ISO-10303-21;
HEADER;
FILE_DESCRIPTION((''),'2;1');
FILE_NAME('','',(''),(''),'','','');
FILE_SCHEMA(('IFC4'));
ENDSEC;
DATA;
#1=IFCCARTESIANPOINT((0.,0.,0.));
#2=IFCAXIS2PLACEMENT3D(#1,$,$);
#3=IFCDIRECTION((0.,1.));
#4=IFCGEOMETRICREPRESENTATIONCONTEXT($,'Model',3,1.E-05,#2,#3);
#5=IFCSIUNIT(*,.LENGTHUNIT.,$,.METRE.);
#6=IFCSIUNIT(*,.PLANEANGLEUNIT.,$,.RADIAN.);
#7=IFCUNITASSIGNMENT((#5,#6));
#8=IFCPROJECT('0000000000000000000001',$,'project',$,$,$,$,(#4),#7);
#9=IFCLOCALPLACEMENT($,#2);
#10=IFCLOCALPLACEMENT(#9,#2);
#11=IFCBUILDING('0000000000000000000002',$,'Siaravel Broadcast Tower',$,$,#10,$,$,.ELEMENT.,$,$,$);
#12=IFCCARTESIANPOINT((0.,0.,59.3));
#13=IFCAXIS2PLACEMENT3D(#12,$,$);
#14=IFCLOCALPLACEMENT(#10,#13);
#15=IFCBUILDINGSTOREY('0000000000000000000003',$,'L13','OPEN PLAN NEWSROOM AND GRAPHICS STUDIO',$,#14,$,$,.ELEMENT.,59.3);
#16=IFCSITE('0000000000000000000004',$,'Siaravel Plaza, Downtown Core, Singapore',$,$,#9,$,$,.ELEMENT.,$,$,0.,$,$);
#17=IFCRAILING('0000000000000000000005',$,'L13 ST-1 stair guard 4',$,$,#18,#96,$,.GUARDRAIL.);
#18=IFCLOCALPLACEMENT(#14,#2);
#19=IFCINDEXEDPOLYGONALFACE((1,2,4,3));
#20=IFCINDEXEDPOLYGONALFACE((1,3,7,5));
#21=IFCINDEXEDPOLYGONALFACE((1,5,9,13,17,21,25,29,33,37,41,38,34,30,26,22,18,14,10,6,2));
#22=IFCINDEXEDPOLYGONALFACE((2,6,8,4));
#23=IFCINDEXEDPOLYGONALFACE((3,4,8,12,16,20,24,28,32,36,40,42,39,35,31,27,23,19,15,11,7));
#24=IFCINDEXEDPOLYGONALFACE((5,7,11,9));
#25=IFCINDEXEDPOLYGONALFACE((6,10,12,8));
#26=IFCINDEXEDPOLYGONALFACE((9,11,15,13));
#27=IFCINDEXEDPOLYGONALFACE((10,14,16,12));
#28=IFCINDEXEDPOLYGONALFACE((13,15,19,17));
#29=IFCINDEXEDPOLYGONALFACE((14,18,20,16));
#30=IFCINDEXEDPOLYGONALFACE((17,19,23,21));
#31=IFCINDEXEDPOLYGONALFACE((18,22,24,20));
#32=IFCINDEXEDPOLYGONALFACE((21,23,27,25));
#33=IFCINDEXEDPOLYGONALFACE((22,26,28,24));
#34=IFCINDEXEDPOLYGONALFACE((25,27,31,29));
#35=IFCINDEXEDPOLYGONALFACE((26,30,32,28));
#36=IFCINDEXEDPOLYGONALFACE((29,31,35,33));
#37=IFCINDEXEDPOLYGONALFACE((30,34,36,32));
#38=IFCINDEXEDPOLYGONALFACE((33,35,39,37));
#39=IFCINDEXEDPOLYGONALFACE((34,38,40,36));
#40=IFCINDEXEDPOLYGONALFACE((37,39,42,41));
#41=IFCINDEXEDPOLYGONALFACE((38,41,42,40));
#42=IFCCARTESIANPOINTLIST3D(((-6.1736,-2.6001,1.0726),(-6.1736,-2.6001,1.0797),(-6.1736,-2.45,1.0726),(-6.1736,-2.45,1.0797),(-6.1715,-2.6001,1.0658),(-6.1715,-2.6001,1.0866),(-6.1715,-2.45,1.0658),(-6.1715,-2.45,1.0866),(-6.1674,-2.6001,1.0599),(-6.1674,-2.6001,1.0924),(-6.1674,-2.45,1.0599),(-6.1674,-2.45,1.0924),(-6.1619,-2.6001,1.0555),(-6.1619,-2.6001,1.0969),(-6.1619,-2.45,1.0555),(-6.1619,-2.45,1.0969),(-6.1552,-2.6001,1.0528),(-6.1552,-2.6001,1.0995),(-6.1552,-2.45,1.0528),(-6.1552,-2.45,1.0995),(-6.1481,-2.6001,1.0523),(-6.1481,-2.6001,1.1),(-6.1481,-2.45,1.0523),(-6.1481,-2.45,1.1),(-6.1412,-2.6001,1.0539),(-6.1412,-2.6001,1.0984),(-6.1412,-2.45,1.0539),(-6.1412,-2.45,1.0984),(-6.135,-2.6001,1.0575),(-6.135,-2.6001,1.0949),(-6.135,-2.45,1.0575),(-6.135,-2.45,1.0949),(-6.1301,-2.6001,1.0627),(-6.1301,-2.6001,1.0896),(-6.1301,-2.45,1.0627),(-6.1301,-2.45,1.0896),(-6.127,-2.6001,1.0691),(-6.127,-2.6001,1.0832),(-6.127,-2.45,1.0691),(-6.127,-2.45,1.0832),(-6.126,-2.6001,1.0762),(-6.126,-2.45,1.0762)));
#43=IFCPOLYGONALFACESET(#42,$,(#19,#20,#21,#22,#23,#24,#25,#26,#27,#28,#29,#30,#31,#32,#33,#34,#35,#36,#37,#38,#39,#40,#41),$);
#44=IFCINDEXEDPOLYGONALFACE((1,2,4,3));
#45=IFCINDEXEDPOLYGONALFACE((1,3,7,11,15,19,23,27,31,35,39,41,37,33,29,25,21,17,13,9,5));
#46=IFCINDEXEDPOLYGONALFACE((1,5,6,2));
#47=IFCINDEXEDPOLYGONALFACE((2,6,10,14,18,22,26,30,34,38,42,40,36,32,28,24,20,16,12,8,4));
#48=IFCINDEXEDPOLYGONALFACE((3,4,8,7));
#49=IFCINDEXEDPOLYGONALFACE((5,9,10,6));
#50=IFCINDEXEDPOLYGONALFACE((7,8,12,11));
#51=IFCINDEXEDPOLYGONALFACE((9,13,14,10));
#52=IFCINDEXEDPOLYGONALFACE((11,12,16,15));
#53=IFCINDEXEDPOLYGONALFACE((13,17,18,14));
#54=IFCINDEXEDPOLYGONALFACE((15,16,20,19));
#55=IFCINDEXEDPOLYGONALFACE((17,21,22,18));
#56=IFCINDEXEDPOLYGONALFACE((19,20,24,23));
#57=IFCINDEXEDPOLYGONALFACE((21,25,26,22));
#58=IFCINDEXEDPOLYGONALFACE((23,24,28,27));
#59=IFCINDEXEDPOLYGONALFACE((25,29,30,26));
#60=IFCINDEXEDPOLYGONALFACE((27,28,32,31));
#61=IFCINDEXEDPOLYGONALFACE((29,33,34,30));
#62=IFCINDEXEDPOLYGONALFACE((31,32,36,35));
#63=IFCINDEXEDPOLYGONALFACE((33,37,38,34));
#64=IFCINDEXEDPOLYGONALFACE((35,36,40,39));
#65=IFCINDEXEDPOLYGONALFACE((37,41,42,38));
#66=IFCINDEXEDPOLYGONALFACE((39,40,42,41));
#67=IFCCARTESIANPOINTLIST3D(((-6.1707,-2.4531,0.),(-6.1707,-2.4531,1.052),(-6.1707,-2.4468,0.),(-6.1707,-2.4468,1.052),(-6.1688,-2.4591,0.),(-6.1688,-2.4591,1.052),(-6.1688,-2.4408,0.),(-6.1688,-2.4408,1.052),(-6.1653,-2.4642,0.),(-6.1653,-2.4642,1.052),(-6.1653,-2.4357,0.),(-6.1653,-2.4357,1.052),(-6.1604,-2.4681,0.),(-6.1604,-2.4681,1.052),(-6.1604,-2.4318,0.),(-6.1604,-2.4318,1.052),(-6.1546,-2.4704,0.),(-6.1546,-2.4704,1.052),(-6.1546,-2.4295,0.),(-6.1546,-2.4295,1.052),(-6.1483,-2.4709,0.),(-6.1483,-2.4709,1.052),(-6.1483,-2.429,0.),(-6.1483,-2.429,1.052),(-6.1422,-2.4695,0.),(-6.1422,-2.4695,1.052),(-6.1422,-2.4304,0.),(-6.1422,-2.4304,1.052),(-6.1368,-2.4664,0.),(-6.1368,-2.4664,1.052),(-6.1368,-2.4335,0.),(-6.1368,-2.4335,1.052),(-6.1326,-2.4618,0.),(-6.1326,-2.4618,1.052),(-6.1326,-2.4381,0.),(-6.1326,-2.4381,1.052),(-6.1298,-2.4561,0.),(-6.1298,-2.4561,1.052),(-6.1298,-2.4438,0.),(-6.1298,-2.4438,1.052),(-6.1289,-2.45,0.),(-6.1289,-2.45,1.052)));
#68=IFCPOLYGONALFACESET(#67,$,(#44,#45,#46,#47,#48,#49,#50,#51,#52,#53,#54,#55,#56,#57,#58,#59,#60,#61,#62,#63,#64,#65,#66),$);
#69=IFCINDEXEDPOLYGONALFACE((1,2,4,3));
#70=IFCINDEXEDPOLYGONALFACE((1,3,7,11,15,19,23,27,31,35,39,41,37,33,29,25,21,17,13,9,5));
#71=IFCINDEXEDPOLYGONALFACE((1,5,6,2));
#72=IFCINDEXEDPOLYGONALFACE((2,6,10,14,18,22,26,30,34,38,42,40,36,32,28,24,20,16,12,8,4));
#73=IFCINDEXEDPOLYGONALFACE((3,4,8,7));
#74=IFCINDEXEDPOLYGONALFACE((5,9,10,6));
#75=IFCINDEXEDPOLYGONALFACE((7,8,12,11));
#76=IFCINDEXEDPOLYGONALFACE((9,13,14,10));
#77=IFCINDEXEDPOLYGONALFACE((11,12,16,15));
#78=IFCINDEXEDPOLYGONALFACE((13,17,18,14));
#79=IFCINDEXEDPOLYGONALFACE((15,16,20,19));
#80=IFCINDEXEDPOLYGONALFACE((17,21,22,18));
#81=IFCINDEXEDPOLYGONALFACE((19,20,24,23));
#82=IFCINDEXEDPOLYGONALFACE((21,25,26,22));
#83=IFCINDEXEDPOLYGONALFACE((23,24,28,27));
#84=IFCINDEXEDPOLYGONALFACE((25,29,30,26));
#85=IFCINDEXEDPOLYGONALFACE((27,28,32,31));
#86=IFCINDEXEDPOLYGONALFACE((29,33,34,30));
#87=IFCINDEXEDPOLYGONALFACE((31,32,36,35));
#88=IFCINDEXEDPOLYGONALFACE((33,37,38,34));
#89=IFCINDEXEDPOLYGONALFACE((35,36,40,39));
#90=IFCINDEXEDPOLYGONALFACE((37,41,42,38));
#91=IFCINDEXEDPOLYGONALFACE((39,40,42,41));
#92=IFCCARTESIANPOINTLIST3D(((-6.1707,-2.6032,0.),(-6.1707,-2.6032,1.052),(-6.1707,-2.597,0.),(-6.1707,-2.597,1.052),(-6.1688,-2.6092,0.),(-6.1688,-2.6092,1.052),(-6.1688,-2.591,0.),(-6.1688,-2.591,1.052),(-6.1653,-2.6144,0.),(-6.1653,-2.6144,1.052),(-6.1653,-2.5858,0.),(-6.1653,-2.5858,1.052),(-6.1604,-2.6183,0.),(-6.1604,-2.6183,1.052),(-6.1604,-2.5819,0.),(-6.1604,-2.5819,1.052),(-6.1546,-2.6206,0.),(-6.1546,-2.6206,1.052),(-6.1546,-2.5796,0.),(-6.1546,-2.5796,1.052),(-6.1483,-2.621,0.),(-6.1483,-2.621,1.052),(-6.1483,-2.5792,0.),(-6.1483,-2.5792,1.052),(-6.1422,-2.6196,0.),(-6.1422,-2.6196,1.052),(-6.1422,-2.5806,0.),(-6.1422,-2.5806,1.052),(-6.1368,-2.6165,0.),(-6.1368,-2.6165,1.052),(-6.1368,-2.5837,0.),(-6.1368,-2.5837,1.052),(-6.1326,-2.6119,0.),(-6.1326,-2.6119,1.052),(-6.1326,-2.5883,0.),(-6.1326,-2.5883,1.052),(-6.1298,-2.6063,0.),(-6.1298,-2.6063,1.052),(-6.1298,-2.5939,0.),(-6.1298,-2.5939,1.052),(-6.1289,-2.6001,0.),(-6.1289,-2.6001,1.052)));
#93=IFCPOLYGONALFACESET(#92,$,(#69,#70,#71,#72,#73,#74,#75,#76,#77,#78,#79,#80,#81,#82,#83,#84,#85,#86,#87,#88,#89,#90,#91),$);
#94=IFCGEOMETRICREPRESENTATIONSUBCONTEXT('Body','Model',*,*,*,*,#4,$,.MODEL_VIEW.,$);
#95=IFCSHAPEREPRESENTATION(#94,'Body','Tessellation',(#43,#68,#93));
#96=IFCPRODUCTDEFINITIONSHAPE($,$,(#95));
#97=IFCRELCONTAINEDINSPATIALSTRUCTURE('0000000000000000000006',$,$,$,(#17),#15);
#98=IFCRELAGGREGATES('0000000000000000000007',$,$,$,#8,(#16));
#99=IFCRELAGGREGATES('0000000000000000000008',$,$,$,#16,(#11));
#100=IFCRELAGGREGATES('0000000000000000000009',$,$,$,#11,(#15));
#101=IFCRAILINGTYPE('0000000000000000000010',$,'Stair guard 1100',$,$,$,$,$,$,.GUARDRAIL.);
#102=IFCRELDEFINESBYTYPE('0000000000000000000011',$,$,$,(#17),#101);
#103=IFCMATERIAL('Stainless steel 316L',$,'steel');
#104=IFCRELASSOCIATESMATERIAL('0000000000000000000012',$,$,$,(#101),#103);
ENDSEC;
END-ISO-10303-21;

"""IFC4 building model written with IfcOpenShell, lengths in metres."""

from ifc_helpers import new_model, si_unit, direction, frame, origin, origin_2d, place, context, subcontext, project, spatial, circle, extrude, material, type_object, element, save


model = new_model("IFC4")

# Units and contexts
model_context = context("Model", 3, precision=1e-05, world=origin(), true_north=direction((0.0, 1.0)))
body_context = subcontext(model_context, "Body", "Model", "MODEL_VIEW")
ifc_project = project(units=[si_unit("LENGTHUNIT", "METRE"), si_unit("PLANEANGLEUNIT", "RADIAN")], contexts=[model_context])

# Site, building, storey
site_placement = place(None, origin())
site = spatial("IfcSite", under=ifc_project, at=site_placement, Name="Siaravel Plaza, Downtown Core, Singapore", CompositionType="ELEMENT", RefElevation=0.0)
building_placement = place(site_placement, origin())
building = spatial("IfcBuilding", under=site, at=building_placement, Name="Siaravel Broadcast Tower", CompositionType="ELEMENT")
storey_placement = place(building_placement, frame((0.0, 0.0, 59.3)))
storey = spatial("IfcBuildingStorey", under=building, at=storey_placement, Name="L13", Description="OPEN PLAN NEWSROOM AND GRAPHICS STUDIO", CompositionType="ELEMENT", Elevation=59.3)

# Shared definitions
ifc_material_1 = material(Name="Stainless steel 316L", Category="steel")

# Railing
railing_type_1 = type_object("IfcRailingType", Name="Stair guard 1100", PredefinedType="GUARDRAIL", material=ifc_material_1)
railing_1_placement = place(storey_placement, frame((-6.1499, -2.45, 0.0)))
element("IfcRailing", 1, at=railing_1_placement, inside=storey, type_object=railing_type_1, Name="L13 ST-1 stair guard 4", PredefinedType="GUARDRAIL", context=body_context, shape_type="SweptSolid", body=[
    extrude(circle(Radius=0.0239, at=origin_2d()), frame((0.0, 0.0, 1.0762), z_axis=(0.0, -1.0, 0.0), x_axis=(1.0, 0.0, 0.0)), (0.0, 0.0, 1.0), 0.1501),
    extrude(circle(Radius=0.021, at=origin_2d()), origin(), (0.0, 0.0, 1.0), 1.052),
    extrude(circle(Radius=0.021, at=origin_2d()), frame((0.0, -0.1501, 0.0)), (0.0, 0.0, 1.0), 1.052),
])

save(model, "model.ifc")
